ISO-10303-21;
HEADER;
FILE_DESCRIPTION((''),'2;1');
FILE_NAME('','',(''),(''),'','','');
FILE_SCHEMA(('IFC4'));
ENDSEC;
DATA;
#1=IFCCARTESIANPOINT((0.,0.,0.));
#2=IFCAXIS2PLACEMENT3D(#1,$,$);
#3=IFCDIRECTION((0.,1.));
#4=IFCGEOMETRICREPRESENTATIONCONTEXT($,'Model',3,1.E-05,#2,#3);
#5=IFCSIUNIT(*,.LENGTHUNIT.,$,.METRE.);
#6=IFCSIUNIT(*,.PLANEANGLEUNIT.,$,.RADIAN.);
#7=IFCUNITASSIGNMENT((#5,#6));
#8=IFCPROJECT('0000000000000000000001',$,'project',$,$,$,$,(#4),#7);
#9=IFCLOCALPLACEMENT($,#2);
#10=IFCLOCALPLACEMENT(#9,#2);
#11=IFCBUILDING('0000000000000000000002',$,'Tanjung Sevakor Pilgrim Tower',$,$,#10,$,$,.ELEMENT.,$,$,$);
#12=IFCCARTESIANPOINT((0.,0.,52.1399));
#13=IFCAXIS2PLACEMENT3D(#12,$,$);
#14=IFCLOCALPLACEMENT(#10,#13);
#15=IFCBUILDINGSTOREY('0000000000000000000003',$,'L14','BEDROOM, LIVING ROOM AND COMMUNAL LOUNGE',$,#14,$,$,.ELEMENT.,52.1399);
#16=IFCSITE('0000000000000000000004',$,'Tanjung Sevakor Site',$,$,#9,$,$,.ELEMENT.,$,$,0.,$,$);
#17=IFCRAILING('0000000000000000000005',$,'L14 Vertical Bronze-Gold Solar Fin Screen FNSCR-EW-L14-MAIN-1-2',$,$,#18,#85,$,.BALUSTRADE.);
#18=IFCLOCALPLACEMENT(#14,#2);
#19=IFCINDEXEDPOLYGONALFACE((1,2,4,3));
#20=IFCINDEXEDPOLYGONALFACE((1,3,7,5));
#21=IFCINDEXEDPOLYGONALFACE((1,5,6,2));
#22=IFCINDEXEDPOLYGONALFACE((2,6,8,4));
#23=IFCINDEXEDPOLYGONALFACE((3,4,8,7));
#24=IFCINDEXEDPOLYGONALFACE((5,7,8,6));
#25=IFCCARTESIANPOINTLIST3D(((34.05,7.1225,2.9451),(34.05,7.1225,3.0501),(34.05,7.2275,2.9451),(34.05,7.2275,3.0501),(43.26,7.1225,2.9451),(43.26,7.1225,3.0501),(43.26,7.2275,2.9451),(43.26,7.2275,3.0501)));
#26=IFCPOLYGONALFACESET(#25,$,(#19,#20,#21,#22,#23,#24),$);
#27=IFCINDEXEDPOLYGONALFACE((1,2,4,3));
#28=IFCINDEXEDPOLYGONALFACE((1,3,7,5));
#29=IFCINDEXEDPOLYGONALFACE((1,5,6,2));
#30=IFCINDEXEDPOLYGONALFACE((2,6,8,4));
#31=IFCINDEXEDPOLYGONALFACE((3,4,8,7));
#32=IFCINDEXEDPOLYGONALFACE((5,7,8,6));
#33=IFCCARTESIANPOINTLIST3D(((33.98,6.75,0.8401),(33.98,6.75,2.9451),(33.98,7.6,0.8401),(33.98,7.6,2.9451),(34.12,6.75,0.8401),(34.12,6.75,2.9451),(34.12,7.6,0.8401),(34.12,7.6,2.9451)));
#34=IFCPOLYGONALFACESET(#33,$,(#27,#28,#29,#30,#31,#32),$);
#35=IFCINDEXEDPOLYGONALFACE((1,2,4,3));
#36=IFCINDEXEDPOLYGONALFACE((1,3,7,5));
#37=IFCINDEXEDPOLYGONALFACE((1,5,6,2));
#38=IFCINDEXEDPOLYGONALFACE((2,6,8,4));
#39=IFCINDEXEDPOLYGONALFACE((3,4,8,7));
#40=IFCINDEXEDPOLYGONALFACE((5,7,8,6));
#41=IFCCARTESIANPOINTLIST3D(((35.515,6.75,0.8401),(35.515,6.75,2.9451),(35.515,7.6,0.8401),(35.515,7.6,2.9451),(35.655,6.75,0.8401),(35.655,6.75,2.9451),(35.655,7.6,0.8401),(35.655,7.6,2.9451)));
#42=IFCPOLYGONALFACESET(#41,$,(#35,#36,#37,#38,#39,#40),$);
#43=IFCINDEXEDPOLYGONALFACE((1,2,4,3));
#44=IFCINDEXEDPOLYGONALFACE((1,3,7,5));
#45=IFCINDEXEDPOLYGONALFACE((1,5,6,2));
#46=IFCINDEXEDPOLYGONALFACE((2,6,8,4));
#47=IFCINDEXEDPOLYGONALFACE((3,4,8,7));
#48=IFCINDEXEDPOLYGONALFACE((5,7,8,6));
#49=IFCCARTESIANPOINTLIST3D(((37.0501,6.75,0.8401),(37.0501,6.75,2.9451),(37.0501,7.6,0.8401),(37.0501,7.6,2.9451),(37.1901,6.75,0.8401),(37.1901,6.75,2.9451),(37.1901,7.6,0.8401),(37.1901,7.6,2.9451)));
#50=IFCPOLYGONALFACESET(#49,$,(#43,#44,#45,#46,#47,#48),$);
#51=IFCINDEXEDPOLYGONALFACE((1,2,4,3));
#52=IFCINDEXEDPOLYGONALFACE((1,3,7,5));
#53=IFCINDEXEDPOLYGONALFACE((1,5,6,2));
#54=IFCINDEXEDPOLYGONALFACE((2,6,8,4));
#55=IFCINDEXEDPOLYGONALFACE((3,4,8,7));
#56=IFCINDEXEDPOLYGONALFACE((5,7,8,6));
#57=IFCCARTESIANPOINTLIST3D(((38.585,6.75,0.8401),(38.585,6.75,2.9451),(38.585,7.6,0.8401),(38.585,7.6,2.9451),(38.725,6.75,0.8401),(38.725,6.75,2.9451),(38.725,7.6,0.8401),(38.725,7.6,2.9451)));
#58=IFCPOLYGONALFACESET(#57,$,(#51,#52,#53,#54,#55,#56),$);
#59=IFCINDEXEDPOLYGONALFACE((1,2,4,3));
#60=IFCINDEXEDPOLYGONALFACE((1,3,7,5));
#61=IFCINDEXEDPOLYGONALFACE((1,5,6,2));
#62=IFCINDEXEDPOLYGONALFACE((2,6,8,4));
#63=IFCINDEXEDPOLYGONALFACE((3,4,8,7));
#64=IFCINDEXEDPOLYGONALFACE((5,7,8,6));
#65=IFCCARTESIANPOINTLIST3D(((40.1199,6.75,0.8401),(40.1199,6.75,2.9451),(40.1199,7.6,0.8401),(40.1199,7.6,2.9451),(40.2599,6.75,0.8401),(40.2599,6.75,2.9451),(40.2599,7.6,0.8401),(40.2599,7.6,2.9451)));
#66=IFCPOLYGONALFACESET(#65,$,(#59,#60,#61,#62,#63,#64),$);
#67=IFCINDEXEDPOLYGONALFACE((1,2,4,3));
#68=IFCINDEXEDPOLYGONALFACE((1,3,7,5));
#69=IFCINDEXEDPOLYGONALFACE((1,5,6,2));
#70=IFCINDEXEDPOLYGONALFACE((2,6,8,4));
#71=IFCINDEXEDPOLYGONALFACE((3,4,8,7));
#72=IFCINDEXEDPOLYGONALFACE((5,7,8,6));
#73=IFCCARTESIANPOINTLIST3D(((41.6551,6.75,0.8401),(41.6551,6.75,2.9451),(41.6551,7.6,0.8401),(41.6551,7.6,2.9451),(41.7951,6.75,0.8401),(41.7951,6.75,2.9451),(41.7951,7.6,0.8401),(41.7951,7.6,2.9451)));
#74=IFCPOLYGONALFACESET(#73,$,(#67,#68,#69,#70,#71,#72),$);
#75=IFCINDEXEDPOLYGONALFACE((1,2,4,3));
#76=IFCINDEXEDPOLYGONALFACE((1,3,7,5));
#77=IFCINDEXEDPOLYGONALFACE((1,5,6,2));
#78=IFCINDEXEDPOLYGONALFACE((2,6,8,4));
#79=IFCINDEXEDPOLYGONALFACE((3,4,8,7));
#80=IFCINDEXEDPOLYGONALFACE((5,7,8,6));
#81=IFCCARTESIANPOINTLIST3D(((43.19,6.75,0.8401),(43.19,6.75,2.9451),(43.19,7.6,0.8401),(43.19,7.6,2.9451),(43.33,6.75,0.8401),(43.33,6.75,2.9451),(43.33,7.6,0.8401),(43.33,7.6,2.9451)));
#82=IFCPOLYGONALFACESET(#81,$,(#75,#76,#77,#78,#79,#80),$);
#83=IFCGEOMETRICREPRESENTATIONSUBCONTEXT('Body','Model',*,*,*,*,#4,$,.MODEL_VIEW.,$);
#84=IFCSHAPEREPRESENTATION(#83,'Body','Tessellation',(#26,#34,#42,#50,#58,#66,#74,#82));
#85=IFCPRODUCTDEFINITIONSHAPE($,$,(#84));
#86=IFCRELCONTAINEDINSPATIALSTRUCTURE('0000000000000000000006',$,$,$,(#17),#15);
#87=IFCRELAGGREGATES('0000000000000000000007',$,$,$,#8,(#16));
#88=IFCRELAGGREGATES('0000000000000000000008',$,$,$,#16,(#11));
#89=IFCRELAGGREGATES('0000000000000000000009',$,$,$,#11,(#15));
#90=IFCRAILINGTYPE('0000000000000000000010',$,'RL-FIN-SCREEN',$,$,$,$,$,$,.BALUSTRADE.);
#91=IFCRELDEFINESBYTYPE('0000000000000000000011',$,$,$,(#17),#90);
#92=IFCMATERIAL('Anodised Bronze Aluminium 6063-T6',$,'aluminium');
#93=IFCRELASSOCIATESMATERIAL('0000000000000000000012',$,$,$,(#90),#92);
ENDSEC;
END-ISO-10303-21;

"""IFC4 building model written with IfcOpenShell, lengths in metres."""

from ifc_helpers import new_model, si_unit, direction, frame, origin, place, context, subcontext, project, spatial, rectangle, extrude, material, type_object, element, save


model = new_model("IFC4")

# Units and contexts
model_context = context("Model", 3, precision=1e-05, world=origin(), true_north=direction((0.0, 1.0)))
body_context = subcontext(model_context, "Body", "Model", "MODEL_VIEW")
ifc_project = project(units=[si_unit("LENGTHUNIT", "METRE"), si_unit("PLANEANGLEUNIT", "RADIAN")], contexts=[model_context])

# Site, building, storey
site_placement = place(None, origin())
site = spatial("IfcSite", under=ifc_project, at=site_placement, Name="Tanjung Sevakor Site", CompositionType="ELEMENT", RefElevation=0.0)
building_placement = place(site_placement, origin())
building = spatial("IfcBuilding", under=site, at=building_placement, Name="Tanjung Sevakor Pilgrim Tower", CompositionType="ELEMENT")
storey_placement = place(building_placement, frame((0.0, 0.0, 52.1399)))
storey = spatial("IfcBuildingStorey", under=building, at=storey_placement, Name="L14", Description="BEDROOM, LIVING ROOM AND COMMUNAL LOUNGE", CompositionType="ELEMENT", Elevation=52.1399)

# Railing
ifc_material_1 = material(Name="Anodised Bronze Aluminium 6063-T6", Category="aluminium")
railing_type = type_object("IfcRailingType", Name="RL-FIN-SCREEN", PredefinedType="BALUSTRADE", material=ifc_material_1)
railing_placement = place(storey_placement, frame((34.05, 7.175, 0.8401)))
element("IfcRailing", 1, at=railing_placement, inside=storey, type_object=railing_type, Name="L14 Vertical Bronze-Gold Solar Fin Screen FNSCR-EW-L14-MAIN-1-2", PredefinedType="BALUSTRADE", context=body_context, shape_type="SweptSolid", body=[
    extrude(rectangle(XDim=0.105, YDim=0.105), frame((0.0, 0.0, 2.1575), z_axis=(1.0, 0.0, 0.0), x_axis=(0.0, 1.0, 0.0)), (0.0, 0.0, 1.0), 9.21),
    extrude(rectangle(XDim=0.14, YDim=0.85), origin(), (0.0, 0.0, 1.0), 2.105),
    extrude(rectangle(XDim=0.14, YDim=0.85), frame((1.5349, 0.0, 0.0)), (0.0, 0.0, 1.0), 2.105),
    extrude(rectangle(XDim=0.14, YDim=0.85), frame((3.0701, 0.0, 0.0)), (0.0, 0.0, 1.0), 2.105),
    extrude(rectangle(XDim=0.14, YDim=0.85), frame((4.605, 0.0, 0.0)), (0.0, 0.0, 1.0), 2.105),
    extrude(rectangle(XDim=0.14, YDim=0.85), frame((6.1399, 0.0, 0.0)), (0.0, 0.0, 1.0), 2.105),
    extrude(rectangle(XDim=0.14, YDim=0.85), frame((7.675, 0.0, 0.0)), (0.0, 0.0, 1.0), 2.105),
    extrude(rectangle(XDim=0.14, YDim=0.85), frame((9.21, 0.0, 0.0)), (0.0, 0.0, 1.0), 2.105),
])

save(model, "model.ifc")
